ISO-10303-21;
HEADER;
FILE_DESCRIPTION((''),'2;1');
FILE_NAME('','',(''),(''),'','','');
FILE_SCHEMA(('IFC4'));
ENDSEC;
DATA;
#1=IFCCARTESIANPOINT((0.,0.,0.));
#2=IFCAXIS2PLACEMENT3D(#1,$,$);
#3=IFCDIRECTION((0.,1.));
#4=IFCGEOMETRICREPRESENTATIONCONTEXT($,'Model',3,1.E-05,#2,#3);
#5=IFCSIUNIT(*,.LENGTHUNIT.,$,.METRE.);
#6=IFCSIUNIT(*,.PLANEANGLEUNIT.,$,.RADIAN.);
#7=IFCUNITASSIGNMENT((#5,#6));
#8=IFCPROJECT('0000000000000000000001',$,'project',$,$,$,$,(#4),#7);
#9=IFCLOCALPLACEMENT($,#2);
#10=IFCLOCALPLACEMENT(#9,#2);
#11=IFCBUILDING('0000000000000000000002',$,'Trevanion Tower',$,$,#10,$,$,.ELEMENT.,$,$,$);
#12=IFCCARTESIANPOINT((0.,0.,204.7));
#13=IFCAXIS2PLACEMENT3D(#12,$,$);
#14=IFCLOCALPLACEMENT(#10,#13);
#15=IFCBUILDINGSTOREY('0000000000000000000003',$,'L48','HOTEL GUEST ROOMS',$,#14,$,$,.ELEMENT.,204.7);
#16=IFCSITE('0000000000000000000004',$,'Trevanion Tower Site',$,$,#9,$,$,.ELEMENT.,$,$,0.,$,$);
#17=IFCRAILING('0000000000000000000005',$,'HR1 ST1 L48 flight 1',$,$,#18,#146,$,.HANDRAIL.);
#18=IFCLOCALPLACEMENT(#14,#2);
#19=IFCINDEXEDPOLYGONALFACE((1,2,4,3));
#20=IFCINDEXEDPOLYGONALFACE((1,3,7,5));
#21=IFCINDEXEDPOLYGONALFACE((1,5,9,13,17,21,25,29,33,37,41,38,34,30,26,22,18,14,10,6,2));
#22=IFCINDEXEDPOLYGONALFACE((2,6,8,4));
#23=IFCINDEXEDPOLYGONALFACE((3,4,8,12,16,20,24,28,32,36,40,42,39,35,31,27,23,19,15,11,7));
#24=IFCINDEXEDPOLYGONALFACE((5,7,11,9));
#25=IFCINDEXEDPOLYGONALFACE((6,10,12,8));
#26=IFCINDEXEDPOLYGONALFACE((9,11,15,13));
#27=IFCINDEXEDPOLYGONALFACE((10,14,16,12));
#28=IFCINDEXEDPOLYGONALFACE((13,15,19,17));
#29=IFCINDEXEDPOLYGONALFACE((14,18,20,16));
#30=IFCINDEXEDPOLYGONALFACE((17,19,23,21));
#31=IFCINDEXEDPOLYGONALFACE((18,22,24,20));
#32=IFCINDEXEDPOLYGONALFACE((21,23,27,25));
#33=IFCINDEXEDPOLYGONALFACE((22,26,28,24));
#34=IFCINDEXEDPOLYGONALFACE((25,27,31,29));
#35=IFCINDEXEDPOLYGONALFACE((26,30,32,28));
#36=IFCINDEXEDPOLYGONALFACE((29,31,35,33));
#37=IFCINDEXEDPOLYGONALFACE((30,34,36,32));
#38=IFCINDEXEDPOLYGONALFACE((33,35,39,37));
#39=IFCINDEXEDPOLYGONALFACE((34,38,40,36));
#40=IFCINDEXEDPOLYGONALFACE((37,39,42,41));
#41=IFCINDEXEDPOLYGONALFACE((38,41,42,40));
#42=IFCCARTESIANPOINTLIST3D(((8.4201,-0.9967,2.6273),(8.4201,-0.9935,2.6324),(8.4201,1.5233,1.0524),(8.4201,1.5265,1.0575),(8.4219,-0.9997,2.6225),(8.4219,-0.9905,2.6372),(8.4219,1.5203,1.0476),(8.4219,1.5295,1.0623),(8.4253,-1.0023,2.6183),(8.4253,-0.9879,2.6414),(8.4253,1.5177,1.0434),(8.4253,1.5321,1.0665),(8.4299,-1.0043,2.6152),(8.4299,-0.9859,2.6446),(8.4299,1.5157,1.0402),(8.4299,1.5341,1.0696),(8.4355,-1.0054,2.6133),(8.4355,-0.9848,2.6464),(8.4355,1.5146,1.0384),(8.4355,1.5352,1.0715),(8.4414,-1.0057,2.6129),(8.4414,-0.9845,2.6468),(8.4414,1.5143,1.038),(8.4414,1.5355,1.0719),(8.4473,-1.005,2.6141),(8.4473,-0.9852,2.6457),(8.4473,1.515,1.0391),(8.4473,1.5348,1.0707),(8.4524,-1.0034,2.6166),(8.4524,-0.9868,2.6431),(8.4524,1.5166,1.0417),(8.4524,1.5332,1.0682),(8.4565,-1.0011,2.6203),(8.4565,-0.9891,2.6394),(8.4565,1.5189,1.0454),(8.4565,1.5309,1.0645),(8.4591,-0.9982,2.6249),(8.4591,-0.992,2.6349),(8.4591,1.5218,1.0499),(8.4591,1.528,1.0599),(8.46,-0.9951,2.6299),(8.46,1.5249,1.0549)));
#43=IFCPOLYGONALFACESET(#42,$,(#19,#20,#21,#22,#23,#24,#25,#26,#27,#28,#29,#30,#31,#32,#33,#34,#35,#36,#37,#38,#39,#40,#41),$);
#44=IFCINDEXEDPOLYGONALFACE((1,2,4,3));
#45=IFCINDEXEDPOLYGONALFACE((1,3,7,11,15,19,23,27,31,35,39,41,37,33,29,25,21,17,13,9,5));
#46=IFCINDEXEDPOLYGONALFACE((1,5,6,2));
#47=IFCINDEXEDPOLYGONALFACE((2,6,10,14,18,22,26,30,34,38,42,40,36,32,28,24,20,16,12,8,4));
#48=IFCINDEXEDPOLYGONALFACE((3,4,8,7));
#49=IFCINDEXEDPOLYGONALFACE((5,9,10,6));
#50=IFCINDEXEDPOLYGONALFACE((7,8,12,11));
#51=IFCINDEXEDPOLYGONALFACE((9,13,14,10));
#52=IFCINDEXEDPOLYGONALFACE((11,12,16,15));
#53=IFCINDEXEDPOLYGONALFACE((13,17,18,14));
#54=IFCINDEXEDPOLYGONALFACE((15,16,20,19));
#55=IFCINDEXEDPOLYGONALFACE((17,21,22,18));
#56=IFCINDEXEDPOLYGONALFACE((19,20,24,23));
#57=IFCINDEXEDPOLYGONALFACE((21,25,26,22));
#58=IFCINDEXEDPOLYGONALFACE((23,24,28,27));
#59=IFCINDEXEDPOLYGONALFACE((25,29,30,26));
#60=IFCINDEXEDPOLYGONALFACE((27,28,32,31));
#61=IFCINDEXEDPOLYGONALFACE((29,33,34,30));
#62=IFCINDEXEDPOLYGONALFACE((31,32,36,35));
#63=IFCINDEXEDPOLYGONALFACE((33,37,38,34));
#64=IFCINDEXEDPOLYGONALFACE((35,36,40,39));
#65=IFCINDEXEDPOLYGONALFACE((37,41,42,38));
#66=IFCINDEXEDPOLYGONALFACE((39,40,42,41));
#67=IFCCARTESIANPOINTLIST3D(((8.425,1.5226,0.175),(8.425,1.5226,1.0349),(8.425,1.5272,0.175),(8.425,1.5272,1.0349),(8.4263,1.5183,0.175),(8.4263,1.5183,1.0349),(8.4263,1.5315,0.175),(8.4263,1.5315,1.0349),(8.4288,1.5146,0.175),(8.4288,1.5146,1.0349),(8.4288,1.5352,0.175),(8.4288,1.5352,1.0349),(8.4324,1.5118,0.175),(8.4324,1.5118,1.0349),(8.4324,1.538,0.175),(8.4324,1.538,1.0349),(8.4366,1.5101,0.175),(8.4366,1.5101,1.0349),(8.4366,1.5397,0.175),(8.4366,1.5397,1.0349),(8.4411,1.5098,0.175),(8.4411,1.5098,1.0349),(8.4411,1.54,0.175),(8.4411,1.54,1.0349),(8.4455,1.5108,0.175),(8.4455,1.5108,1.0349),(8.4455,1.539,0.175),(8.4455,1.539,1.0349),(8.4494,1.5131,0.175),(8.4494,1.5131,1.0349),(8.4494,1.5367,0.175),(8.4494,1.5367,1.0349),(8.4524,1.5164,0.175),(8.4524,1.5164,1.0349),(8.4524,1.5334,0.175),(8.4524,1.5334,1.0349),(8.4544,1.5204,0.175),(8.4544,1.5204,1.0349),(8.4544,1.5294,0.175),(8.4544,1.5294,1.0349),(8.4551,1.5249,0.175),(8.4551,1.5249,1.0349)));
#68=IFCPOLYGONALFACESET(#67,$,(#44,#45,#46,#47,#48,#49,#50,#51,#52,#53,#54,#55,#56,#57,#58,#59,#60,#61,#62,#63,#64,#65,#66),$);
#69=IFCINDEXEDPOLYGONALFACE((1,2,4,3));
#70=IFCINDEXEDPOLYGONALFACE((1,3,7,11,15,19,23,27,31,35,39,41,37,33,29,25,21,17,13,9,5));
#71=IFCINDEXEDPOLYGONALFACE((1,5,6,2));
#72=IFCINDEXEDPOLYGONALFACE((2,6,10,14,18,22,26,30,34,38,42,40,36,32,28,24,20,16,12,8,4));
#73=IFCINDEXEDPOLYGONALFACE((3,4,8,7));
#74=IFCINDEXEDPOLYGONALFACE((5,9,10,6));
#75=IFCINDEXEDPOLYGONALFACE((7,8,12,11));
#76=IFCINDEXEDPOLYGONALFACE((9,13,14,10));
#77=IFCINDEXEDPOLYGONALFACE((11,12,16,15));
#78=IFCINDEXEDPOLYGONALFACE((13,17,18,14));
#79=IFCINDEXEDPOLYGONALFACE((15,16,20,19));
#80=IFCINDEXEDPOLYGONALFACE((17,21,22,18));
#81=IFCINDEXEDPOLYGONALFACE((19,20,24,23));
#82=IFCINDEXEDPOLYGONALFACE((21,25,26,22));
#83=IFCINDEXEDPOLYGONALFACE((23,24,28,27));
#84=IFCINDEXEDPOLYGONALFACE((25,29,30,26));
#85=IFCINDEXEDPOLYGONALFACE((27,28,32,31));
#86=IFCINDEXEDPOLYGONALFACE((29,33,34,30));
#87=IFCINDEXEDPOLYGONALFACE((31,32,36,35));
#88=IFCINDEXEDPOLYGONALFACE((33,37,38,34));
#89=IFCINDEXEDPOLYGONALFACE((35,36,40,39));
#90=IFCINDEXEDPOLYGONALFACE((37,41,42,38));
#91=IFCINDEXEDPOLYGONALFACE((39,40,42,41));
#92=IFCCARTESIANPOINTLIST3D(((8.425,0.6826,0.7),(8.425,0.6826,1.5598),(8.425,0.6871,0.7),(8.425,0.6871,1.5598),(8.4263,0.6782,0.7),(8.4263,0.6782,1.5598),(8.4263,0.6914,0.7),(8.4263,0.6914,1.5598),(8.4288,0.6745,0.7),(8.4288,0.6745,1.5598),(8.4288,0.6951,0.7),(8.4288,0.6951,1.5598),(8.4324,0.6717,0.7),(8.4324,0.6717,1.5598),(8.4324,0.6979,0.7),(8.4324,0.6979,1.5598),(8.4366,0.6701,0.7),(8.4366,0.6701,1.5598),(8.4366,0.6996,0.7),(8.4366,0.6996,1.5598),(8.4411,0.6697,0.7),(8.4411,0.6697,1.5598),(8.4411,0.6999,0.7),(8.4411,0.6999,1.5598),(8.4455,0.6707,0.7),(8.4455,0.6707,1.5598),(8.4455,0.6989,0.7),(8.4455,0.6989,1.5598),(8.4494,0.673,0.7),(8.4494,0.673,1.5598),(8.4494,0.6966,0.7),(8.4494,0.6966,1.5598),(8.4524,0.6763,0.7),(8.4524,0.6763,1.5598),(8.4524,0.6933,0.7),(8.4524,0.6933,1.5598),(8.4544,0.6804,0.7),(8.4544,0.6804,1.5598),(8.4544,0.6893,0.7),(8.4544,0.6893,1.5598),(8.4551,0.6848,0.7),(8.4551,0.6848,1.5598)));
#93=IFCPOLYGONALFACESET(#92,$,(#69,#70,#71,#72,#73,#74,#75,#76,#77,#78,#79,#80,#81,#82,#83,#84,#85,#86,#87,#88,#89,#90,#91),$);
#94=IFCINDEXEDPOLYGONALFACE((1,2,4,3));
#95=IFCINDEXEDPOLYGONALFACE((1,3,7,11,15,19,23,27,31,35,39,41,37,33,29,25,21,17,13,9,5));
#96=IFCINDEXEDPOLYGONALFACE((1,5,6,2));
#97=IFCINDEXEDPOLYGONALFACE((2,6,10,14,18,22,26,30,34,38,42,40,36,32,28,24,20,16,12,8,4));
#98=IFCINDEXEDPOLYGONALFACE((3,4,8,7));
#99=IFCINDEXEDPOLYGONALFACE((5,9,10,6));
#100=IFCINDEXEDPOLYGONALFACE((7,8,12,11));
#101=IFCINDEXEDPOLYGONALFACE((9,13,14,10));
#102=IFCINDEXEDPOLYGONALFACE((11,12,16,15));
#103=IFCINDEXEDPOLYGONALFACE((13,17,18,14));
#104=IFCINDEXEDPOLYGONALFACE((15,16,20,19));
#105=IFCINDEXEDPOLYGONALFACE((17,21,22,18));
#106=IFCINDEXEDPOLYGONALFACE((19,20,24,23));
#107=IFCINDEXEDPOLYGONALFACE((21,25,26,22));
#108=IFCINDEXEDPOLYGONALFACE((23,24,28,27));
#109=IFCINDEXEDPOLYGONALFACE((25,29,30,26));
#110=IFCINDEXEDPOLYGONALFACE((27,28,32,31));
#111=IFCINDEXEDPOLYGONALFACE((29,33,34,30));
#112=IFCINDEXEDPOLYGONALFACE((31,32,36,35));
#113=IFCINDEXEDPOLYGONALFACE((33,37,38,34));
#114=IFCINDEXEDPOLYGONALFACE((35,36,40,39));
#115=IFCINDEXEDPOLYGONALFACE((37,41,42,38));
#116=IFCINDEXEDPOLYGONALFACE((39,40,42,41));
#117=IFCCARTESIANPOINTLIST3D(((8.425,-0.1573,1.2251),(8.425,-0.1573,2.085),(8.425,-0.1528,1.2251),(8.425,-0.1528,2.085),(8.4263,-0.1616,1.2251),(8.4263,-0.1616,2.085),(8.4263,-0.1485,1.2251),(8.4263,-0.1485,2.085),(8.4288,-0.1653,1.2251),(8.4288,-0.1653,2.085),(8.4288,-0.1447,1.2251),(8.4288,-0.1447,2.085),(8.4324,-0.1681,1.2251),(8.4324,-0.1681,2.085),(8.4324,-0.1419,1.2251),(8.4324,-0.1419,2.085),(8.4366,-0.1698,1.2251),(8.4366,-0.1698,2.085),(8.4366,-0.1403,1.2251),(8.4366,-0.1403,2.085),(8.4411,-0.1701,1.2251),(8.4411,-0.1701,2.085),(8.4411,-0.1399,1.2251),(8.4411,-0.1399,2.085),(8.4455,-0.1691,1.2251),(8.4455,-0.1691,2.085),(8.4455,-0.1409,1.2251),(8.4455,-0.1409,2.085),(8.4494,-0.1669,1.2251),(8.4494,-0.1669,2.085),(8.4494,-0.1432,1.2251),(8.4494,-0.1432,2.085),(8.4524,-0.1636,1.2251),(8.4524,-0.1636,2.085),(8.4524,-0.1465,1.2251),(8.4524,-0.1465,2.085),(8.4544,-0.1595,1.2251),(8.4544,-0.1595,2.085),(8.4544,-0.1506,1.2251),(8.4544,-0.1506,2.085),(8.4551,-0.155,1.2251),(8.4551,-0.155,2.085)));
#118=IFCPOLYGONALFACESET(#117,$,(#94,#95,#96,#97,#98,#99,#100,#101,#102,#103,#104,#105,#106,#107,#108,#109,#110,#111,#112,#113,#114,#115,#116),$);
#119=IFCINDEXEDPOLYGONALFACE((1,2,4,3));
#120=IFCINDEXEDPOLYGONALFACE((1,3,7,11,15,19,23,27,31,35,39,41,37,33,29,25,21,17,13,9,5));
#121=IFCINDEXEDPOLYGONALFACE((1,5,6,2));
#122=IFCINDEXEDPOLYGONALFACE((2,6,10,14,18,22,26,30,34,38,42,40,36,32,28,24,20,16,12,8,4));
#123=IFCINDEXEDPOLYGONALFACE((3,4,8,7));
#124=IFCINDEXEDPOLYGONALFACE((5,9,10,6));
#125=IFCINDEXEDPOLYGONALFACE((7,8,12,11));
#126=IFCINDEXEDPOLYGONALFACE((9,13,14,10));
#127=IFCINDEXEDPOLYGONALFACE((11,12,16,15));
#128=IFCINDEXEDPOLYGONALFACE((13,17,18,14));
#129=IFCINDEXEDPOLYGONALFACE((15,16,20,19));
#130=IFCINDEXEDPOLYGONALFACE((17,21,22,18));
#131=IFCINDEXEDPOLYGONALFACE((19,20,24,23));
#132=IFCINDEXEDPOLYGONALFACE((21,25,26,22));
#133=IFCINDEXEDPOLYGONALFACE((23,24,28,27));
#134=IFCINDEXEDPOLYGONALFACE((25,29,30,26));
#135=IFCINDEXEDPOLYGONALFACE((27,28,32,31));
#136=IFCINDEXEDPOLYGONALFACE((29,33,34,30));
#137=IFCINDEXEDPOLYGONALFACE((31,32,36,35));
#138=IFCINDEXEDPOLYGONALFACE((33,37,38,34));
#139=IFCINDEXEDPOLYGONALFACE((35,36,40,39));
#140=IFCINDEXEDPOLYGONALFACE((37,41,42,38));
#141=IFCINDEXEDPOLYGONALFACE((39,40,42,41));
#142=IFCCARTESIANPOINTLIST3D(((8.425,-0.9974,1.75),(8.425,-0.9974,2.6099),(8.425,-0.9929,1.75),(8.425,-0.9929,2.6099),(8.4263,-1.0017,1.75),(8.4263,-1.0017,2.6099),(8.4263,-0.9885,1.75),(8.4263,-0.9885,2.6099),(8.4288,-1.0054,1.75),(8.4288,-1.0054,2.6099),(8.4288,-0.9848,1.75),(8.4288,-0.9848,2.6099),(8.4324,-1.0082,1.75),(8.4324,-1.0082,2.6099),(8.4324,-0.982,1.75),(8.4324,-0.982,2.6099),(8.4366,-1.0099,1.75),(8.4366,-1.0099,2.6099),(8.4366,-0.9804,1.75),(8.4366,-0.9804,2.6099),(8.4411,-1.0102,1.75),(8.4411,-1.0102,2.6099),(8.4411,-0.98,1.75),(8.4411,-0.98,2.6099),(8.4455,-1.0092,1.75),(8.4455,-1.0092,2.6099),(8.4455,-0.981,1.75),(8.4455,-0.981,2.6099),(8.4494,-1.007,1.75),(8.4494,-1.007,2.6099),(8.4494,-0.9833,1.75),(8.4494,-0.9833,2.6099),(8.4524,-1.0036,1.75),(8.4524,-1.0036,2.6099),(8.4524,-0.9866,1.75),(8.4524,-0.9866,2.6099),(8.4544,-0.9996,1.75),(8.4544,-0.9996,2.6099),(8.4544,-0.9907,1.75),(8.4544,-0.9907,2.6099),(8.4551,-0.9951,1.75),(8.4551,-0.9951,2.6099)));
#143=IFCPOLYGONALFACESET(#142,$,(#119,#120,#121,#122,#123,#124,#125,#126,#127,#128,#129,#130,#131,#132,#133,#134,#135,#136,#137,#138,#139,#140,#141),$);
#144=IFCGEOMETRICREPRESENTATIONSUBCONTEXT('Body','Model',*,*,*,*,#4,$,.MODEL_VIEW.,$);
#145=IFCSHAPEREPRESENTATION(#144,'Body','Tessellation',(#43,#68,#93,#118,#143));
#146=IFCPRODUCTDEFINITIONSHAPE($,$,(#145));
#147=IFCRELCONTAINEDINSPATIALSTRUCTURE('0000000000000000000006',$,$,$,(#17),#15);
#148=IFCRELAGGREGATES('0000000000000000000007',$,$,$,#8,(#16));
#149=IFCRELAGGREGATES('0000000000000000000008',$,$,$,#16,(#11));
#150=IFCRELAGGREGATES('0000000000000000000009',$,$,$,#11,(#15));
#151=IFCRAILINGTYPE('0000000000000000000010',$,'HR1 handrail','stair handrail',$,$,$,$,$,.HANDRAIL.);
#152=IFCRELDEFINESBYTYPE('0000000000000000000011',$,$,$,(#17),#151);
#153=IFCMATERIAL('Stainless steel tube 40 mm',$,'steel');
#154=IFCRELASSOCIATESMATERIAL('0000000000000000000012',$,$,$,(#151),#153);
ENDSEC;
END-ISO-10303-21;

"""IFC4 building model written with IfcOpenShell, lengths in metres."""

from ifc_helpers import new_model, si_unit, direction, frame, origin, origin_2d, place, context, subcontext, project, spatial, circle, extrude, material, type_object, element, save


model = new_model("IFC4")

# Units and contexts
model_context = context("Model", 3, precision=1e-05, world=origin(), true_north=direction((0.0, 1.0)))
body_context = subcontext(model_context, "Body", "Model", "MODEL_VIEW")
ifc_project = project(units=[si_unit("LENGTHUNIT", "METRE"), si_unit("PLANEANGLEUNIT", "RADIAN")], contexts=[model_context])

# Site, building, storey
site_placement = place(None, origin())
site = spatial("IfcSite", under=ifc_project, at=site_placement, Name="Trevanion Tower Site", CompositionType="ELEMENT", RefElevation=0.0)
building_placement = place(site_placement, origin())
building = spatial("IfcBuilding", under=site, at=building_placement, Name="Trevanion Tower", CompositionType="ELEMENT")
storey_placement = place(building_placement, frame((0.0, 0.0, 204.7)))
storey = spatial("IfcBuildingStorey", under=building, at=storey_placement, Name="L48", Description="HOTEL GUEST ROOMS", CompositionType="ELEMENT", Elevation=204.7)

# Railing
ifc_material_1 = material(Name="Stainless steel tube 40 mm", Category="steel")
railing_type = type_object("IfcRailingType", Name="HR1 handrail", Description="stair handrail", PredefinedType="HANDRAIL", material=ifc_material_1)
for number, where, name in (
    (1, (8.4399, 1.5249, 0.175), "HR1 ST1 L48 flight 1"),
):
    element("IfcRailing", number, at=place(storey_placement, frame(where)), inside=storey, type_object=railing_type, Name=name, PredefinedType="HANDRAIL", context=body_context, shape_type="SweptSolid", body=[
        extrude(circle(Radius=0.02, at=origin_2d()), frame((0.0, 0.0, 0.8799), z_axis=(0.0, -0.848008, 0.529984), x_axis=(1.0, 0.0, 0.0)), (0.0, 0.0, 1.0), 2.9717),
        extrude(circle(Radius=0.0151, at=origin_2d()), origin(), (0.0, 0.0, 1.0), 0.8599),
        extrude(circle(Radius=0.0151, at=origin_2d()), frame((0.0, -0.8401, 0.5249)), (0.0, 0.0, 1.0), 0.8599),
        extrude(circle(Radius=0.0151, at=origin_2d()), frame((0.0, -1.6799, 1.05)), (0.0, 0.0, 1.0), 0.8599),
        extrude(circle(Radius=0.0151, at=origin_2d()), frame((0.0, -2.52, 1.575)), (0.0, 0.0, 1.0), 0.8599),
    ])

save(model, "model.ifc")
